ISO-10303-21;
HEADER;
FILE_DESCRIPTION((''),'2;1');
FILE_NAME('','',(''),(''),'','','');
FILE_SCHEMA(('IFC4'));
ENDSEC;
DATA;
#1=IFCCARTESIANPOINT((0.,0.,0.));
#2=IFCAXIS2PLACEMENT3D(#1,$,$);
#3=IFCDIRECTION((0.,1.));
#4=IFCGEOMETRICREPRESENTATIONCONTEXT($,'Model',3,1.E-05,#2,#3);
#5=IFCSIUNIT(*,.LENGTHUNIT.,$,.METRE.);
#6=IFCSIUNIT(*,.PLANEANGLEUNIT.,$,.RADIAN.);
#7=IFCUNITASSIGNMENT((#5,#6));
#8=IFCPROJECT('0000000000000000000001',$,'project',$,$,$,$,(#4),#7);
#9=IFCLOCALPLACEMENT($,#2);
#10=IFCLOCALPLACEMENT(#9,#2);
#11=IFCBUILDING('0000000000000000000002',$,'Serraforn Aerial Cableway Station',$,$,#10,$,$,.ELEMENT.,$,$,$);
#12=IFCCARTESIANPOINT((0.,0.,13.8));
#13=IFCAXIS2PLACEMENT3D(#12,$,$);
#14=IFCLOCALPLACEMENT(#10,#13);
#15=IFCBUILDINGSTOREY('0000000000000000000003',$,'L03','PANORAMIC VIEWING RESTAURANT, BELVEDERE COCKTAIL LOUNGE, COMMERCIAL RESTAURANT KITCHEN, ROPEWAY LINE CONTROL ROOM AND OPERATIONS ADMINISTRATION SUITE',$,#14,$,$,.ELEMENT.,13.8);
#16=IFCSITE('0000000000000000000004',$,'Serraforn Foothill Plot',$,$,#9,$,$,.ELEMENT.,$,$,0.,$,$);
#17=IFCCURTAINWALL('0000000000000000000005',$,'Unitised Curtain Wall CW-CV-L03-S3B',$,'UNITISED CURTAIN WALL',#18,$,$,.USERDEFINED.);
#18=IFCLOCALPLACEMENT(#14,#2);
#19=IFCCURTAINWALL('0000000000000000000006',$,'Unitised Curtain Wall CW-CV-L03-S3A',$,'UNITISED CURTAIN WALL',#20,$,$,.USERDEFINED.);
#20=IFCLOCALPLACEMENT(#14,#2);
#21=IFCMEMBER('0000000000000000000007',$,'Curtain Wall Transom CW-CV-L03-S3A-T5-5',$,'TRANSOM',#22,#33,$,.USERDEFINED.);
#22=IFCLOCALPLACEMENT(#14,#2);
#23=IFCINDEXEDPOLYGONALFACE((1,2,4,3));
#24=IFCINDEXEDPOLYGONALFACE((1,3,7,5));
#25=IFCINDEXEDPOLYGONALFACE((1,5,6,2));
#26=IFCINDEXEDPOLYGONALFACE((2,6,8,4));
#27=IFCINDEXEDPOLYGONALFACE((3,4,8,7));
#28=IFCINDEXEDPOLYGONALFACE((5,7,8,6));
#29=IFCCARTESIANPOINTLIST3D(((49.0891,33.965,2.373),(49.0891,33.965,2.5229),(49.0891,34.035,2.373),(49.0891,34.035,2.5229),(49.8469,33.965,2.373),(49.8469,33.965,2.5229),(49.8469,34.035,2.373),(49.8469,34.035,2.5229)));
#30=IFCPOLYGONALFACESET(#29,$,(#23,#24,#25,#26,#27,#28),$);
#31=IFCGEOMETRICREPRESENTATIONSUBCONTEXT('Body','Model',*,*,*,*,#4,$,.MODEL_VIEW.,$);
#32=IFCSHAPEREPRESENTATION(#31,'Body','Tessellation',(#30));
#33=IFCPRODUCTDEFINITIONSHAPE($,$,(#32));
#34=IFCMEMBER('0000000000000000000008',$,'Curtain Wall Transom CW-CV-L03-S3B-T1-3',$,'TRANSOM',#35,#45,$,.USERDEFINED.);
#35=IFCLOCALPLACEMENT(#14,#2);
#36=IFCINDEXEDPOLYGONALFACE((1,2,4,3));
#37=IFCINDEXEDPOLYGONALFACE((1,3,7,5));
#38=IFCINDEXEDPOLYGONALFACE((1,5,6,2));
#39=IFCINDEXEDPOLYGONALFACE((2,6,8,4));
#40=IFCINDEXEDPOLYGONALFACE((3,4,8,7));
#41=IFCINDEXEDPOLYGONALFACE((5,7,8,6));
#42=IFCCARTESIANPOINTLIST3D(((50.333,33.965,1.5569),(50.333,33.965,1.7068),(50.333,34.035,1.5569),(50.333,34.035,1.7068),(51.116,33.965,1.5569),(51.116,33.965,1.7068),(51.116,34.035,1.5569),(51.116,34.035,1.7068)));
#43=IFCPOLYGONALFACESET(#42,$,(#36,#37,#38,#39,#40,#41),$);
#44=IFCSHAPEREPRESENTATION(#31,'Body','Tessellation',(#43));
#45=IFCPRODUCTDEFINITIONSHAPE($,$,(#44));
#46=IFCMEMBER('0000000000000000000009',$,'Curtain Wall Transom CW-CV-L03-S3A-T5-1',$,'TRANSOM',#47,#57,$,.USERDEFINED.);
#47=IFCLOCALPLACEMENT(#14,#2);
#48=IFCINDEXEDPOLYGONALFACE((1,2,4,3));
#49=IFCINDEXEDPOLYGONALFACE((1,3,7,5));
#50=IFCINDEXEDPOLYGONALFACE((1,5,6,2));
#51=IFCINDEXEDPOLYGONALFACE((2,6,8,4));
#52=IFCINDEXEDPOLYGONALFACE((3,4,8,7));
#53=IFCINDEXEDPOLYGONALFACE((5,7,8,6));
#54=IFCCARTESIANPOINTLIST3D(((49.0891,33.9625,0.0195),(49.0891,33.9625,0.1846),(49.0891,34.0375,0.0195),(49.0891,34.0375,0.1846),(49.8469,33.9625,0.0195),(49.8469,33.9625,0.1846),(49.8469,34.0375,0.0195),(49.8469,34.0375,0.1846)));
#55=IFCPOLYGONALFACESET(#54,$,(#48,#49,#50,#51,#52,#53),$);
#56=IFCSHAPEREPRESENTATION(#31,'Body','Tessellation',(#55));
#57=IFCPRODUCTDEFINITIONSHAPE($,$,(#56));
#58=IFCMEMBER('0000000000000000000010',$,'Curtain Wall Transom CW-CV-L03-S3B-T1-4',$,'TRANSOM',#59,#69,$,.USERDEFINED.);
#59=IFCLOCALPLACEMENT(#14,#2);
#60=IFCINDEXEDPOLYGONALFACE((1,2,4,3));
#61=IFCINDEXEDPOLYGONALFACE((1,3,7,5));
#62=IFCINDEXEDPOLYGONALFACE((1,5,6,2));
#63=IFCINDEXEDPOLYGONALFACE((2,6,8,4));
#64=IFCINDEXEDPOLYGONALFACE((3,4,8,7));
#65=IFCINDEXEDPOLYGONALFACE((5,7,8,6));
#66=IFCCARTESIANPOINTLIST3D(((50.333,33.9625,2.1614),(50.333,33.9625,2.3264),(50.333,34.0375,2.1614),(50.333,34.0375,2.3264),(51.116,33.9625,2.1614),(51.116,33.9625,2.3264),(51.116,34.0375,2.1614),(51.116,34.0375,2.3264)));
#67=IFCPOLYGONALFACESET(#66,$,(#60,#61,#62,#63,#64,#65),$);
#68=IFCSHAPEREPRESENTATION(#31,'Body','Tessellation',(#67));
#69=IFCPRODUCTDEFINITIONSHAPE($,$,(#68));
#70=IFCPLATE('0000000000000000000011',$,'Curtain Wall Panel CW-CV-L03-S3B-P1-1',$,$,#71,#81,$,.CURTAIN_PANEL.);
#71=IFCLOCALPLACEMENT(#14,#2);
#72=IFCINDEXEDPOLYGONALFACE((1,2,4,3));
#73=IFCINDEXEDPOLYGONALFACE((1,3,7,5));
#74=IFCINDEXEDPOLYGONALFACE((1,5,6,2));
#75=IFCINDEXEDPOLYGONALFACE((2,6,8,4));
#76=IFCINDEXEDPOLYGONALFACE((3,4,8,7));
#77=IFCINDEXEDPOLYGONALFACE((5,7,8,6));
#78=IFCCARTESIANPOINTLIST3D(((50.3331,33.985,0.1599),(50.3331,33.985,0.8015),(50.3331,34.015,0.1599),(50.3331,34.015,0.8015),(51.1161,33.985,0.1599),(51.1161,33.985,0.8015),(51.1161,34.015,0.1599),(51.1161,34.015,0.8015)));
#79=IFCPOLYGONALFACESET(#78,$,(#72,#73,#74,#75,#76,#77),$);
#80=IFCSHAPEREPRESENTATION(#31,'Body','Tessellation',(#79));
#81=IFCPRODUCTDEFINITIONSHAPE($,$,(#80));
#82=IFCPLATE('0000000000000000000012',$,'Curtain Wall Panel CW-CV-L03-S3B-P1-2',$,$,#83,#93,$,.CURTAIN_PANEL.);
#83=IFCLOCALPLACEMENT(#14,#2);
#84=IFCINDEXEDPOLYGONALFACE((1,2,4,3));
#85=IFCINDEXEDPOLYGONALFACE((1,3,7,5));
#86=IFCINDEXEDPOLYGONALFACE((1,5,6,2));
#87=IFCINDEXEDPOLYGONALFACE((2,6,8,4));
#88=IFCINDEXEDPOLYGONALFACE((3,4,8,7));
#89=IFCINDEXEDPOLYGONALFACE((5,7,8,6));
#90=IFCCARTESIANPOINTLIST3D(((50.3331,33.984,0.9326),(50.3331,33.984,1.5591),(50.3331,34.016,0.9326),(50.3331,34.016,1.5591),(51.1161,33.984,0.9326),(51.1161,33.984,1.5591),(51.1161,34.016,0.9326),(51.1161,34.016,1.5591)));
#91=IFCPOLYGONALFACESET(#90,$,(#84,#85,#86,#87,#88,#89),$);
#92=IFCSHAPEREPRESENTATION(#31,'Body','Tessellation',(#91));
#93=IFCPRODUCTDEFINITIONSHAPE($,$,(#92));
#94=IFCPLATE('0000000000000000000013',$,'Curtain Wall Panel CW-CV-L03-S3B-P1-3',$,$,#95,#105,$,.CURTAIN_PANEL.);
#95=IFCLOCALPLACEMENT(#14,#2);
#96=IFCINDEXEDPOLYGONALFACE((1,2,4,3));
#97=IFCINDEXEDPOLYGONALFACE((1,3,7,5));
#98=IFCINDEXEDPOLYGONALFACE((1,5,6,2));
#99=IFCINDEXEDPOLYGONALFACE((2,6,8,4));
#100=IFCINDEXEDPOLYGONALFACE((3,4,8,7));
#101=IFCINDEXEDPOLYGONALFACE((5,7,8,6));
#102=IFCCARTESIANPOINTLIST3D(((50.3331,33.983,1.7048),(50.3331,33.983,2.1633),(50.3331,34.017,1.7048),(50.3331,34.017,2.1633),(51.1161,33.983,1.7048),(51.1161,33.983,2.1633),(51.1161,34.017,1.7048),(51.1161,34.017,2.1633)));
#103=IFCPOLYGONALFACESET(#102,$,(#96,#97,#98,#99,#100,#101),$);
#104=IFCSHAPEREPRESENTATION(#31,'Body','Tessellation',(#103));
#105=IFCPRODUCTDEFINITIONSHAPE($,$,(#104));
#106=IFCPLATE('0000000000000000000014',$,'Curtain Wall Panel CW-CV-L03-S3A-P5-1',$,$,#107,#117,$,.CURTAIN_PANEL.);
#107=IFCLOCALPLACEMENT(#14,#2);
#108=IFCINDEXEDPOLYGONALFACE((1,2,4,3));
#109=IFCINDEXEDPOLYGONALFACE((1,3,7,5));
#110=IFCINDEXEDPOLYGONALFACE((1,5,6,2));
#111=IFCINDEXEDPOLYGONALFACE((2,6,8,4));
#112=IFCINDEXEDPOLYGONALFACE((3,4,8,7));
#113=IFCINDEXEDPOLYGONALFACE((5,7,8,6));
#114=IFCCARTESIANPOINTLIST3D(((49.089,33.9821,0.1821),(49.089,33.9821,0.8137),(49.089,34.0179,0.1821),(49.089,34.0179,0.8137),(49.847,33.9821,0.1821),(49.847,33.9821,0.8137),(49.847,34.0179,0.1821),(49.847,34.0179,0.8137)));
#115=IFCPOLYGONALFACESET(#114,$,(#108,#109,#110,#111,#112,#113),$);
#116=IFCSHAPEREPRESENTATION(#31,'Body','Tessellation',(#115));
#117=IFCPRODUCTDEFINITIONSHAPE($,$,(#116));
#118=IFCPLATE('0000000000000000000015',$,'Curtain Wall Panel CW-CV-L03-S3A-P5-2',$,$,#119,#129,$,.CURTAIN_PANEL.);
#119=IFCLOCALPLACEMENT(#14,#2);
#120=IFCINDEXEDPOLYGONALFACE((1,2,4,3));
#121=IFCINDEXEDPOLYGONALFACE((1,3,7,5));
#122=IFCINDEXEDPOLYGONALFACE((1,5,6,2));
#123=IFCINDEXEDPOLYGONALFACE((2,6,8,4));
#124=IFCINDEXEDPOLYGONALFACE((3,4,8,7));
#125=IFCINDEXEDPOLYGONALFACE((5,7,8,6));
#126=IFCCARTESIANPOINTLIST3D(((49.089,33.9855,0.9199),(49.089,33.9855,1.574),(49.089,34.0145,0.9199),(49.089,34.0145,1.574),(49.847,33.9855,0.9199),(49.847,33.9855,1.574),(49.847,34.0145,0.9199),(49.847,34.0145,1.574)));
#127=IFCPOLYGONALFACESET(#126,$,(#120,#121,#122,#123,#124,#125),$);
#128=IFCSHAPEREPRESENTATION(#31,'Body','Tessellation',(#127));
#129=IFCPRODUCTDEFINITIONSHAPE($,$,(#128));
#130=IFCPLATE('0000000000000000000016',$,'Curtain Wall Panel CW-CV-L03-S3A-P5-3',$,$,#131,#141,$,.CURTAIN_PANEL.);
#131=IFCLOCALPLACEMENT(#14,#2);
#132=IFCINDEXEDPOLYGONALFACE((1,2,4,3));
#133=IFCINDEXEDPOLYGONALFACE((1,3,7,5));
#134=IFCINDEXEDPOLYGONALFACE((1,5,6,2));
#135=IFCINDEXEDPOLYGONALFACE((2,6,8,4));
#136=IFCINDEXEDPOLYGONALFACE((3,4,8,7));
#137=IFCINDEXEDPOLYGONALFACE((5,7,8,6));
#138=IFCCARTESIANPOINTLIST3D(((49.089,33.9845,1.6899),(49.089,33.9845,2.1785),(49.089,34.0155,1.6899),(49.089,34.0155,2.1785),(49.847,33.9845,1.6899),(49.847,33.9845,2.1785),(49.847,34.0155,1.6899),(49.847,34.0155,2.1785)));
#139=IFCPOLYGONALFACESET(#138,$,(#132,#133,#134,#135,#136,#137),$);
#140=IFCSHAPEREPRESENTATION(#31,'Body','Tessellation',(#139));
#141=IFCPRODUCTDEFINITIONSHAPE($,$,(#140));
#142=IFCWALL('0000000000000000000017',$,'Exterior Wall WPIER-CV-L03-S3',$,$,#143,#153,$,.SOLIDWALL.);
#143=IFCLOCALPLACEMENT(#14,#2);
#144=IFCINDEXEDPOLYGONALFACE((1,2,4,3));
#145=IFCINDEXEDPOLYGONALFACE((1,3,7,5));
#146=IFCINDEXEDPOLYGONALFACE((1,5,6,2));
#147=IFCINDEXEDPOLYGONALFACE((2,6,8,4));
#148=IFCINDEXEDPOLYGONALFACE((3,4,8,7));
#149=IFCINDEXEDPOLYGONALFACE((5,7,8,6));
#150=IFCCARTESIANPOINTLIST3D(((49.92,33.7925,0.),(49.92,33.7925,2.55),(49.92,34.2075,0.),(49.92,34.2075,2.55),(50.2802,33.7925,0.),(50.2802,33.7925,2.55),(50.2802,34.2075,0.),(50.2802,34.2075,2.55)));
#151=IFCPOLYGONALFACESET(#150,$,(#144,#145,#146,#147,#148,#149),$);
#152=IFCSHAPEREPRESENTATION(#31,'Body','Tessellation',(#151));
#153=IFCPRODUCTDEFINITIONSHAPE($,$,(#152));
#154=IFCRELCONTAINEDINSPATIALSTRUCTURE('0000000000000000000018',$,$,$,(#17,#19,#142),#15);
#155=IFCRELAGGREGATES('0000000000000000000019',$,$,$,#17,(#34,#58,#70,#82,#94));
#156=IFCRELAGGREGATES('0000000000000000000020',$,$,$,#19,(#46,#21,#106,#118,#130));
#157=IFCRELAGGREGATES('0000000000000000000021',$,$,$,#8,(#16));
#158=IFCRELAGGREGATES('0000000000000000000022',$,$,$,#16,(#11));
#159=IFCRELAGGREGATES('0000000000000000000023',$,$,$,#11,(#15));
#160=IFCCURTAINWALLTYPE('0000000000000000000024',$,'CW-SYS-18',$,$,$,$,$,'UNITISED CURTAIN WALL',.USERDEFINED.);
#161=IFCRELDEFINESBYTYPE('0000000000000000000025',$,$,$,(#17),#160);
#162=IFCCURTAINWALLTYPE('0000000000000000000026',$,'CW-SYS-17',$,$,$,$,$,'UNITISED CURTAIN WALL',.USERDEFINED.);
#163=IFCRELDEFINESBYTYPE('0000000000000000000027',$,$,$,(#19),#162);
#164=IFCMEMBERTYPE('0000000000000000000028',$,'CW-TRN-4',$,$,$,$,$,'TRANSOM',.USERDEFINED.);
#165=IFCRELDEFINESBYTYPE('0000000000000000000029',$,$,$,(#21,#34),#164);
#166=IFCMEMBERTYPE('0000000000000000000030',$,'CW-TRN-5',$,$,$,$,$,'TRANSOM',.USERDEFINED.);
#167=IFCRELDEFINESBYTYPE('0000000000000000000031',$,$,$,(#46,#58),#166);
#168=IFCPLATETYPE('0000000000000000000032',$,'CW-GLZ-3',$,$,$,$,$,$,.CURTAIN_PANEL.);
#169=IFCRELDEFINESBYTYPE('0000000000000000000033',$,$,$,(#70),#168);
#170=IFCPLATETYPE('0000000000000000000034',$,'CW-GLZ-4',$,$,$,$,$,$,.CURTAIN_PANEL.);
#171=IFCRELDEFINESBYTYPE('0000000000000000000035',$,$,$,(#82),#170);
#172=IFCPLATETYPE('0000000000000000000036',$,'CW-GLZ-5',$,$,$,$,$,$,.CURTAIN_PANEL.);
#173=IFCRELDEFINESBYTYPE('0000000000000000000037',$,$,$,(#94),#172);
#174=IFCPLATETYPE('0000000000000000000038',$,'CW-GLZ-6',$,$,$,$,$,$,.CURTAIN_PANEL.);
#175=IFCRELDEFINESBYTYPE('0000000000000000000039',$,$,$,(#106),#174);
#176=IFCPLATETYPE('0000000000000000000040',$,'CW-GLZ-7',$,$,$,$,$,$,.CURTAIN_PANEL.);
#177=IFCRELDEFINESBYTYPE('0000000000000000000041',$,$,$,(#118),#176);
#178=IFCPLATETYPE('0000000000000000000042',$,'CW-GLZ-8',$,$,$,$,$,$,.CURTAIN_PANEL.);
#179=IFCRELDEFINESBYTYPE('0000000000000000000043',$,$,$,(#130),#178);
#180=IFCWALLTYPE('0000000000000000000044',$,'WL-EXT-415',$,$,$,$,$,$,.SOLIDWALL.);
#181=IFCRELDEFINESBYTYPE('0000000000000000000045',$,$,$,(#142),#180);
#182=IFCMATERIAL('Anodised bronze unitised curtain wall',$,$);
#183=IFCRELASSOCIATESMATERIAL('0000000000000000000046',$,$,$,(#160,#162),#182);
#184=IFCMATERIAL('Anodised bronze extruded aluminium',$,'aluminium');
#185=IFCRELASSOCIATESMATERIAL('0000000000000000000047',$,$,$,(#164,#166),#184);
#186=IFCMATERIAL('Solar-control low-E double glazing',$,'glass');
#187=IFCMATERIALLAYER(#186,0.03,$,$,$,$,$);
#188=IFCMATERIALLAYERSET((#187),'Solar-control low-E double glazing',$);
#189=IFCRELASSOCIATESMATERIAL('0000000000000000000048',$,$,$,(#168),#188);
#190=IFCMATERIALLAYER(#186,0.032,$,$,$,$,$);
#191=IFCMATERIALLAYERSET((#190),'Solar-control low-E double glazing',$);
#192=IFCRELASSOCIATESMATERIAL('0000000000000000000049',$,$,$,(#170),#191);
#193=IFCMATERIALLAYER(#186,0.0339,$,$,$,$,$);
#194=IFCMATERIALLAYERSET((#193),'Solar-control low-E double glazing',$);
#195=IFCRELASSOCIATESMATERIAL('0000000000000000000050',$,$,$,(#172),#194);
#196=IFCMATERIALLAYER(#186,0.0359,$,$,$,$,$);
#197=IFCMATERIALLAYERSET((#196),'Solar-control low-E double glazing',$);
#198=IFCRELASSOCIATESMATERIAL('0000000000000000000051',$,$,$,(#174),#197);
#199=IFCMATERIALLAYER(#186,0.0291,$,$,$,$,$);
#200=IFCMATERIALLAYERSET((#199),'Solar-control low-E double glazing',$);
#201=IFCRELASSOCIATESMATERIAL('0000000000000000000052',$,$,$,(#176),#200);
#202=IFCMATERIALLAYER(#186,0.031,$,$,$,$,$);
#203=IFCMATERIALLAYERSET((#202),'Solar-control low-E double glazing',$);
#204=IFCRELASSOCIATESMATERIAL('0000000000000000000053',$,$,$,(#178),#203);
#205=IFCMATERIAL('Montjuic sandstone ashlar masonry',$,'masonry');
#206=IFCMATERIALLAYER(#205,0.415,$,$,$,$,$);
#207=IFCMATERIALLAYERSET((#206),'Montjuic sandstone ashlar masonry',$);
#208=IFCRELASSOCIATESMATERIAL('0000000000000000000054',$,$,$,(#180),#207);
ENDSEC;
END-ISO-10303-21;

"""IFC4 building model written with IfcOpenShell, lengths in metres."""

from ifc_helpers import new_model, si_unit, direction, frame, frame_2d, origin, origin_2d, place, context, subcontext, project, spatial, rectangle, extrude, material, layer, layer_set, material_profile, profile_set, type_object, element, aggregate, save


model = new_model("IFC4")

# Units and contexts
model_context = context("Model", 3, precision=1e-05, world=origin(), true_north=direction((0.0, 1.0)))
body_context = subcontext(model_context, "Body", "Model", "MODEL_VIEW")
ifc_project = project(units=[si_unit("LENGTHUNIT", "METRE"), si_unit("PLANEANGLEUNIT", "RADIAN")], contexts=[model_context])

# Site, building, storey
site_placement = place(None, origin())
site = spatial("IfcSite", under=ifc_project, at=site_placement, Name="Serraforn Foothill Plot", CompositionType="ELEMENT", RefElevation=0.0)
building_placement = place(site_placement, origin())
building = spatial("IfcBuilding", under=site, at=building_placement, Name="Serraforn Aerial Cableway Station", CompositionType="ELEMENT")
storey_placement = place(building_placement, frame((0.0, 0.0, 13.8)))
storey = spatial("IfcBuildingStorey", under=building, at=storey_placement, Name="L03", Description="PANORAMIC VIEWING RESTAURANT, BELVEDERE COCKTAIL LOUNGE, COMMERCIAL RESTAURANT KITCHEN, ROPEWAY LINE CONTROL ROOM AND OPERATIONS ADMINISTRATION SUITE", CompositionType="ELEMENT", Elevation=13.8)

# Curtain walls
ifc_material_1 = material(Name="Anodised bronze unitised curtain wall")
curtain_wall_type_1 = type_object("IfcCurtainWallType", Name="CW-SYS-18", ElementType="UNITISED CURTAIN WALL", PredefinedType="USERDEFINED", material=ifc_material_1)
curtain_wall_1_placement = place(storey_placement, origin())
curtain_wall_1 = element("IfcCurtainWall", 1, at=curtain_wall_1_placement, inside=storey, type_object=curtain_wall_type_1, Name="Unitised Curtain Wall CW-CV-L03-S3B", ObjectType="UNITISED CURTAIN WALL", PredefinedType="USERDEFINED")
ifc_material_2 = material(Name="Anodised bronze extruded aluminium", Category="aluminium")
curtain_wall_type_2 = type_object("IfcCurtainWallType", Name="CW-SYS-17", ElementType="UNITISED CURTAIN WALL", PredefinedType="USERDEFINED", material=ifc_material_1)
curtain_wall_2_placement = place(storey_placement, origin())
curtain_wall_2 = element("IfcCurtainWall", 2, at=curtain_wall_2_placement, inside=storey, type_object=curtain_wall_type_2, Name="Unitised Curtain Wall CW-CV-L03-S3A", ObjectType="UNITISED CURTAIN WALL", PredefinedType="USERDEFINED")

# Members
ifc_material_profile_1 = material_profile(ifc_material_2, rectangle(XDim=0.0701, YDim=0.1499, at=origin_2d()), Name="CW TRANSOM 70x150")
ifc_profile_set_1 = profile_set([ifc_material_profile_1], Name="Anodised bronze extruded aluminium")
member_type_1 = type_object("IfcMemberType", Name="CW-TRN-4", ElementType="TRANSOM", PredefinedType="USERDEFINED", material=ifc_profile_set_1)
member_1_placement = place(storey_placement, frame((49.0891, 34.0, 2.448), z_axis=(1.0, 0.0, 0.0), x_axis=(0.0, 1.0, 0.0)))
member_1 = element("IfcMember", 3, at=member_1_placement, type_object=member_type_1, Name="Curtain Wall Transom CW-CV-L03-S3A-T5-5", ObjectType="TRANSOM", PredefinedType="USERDEFINED", context=body_context, shape_type="SweptSolid", body=[
    extrude(rectangle(XDim=0.0701, YDim=0.1499, at=origin_2d()), origin(), (0.0, 0.0, 1.0), 0.7578),
])
member_2_placement = place(storey_placement, frame((50.333, 34.0, 1.6318), z_axis=(1.0, 0.0, 0.0), x_axis=(0.0, 1.0, 0.0)))
member_2 = element("IfcMember", 4, at=member_2_placement, type_object=member_type_1, Name="Curtain Wall Transom CW-CV-L03-S3B-T1-3", ObjectType="TRANSOM", PredefinedType="USERDEFINED", context=body_context, shape_type="SweptSolid", body=[
    extrude(rectangle(XDim=0.0701, YDim=0.1499, at=origin_2d()), origin(), (0.0, 0.0, 1.0), 0.783),
])
ifc_material_profile_2 = material_profile(ifc_material_2, rectangle(XDim=0.075, YDim=0.165, at=origin_2d()), Name="CW TRANSOM 75x165")
ifc_profile_set_2 = profile_set([ifc_material_profile_2], Name="Anodised bronze extruded aluminium")
member_type_2 = type_object("IfcMemberType", Name="CW-TRN-5", ElementType="TRANSOM", PredefinedType="USERDEFINED", material=ifc_profile_set_2)
member_3_placement = place(storey_placement, frame((49.0891, 34.0, 0.1021), z_axis=(1.0, 0.0, 0.0), x_axis=(0.0, 1.0, 0.0)))
member_3 = element("IfcMember", 5, at=member_3_placement, type_object=member_type_2, Name="Curtain Wall Transom CW-CV-L03-S3A-T5-1", ObjectType="TRANSOM", PredefinedType="USERDEFINED", context=body_context, shape_type="SweptSolid", body=[
    extrude(rectangle(XDim=0.075, YDim=0.165, at=origin_2d()), origin(), (0.0, 0.0, 1.0), 0.7578),
])
member_4_placement = place(storey_placement, frame((50.333, 34.0, 2.2439), z_axis=(1.0, 0.0, 0.0), x_axis=(0.0, 1.0, 0.0)))
member_4 = element("IfcMember", 6, at=member_4_placement, type_object=member_type_2, Name="Curtain Wall Transom CW-CV-L03-S3B-T1-4", ObjectType="TRANSOM", PredefinedType="USERDEFINED", context=body_context, shape_type="SweptSolid", body=[
    extrude(rectangle(XDim=0.075, YDim=0.165, at=origin_2d()), origin(), (0.0, 0.0, 1.0), 0.783),
])

# Plates
ifc_material_3 = material(Name="Solar-control low-E double glazing", Category="glass")
ifc_layer_1 = layer(ifc_material_3, 0.03)
ifc_layer_set_1 = layer_set([ifc_layer_1], Name="Solar-control low-E double glazing")
plate_type_1 = type_object("IfcPlateType", Name="CW-GLZ-3", PredefinedType="CURTAIN_PANEL", material=ifc_layer_set_1)
plate_1_placement = place(storey_placement, frame((50.7246, 34.0, 0.1599), z_axis=(0.0, 0.0, 1.0), x_axis=(1.0, 0.0, 0.0)))
plate_1 = element("IfcPlate", 7, at=plate_1_placement, type_object=plate_type_1, Name="Curtain Wall Panel CW-CV-L03-S3B-P1-1", PredefinedType="CURTAIN_PANEL", context=body_context, shape_type="SweptSolid", body=[
    extrude(rectangle(XDim=0.783, YDim=0.03, at=origin_2d()), origin(), (0.0, 0.0, 1.0), 0.6416),
])
ifc_layer_2 = layer(ifc_material_3, 0.032)
ifc_layer_set_2 = layer_set([ifc_layer_2], Name="Solar-control low-E double glazing")
plate_type_2 = type_object("IfcPlateType", Name="CW-GLZ-4", PredefinedType="CURTAIN_PANEL", material=ifc_layer_set_2)
plate_2_placement = place(storey_placement, frame((50.7246, 34.0, 0.9326), z_axis=(0.0, 0.0, 1.0), x_axis=(1.0, 0.0, 0.0)))
plate_2 = element("IfcPlate", 8, at=plate_2_placement, type_object=plate_type_2, Name="Curtain Wall Panel CW-CV-L03-S3B-P1-2", PredefinedType="CURTAIN_PANEL", context=body_context, shape_type="SweptSolid", body=[
    extrude(rectangle(XDim=0.783, YDim=0.032, at=origin_2d()), origin(), (0.0, 0.0, 1.0), 0.6265),
])
ifc_layer_3 = layer(ifc_material_3, 0.0339)
ifc_layer_set_3 = layer_set([ifc_layer_3], Name="Solar-control low-E double glazing")
plate_type_3 = type_object("IfcPlateType", Name="CW-GLZ-5", PredefinedType="CURTAIN_PANEL", material=ifc_layer_set_3)
plate_3_placement = place(storey_placement, frame((50.7246, 34.0, 1.7048), z_axis=(0.0, 0.0, 1.0), x_axis=(1.0, 0.0, 0.0)))
plate_3 = element("IfcPlate", 9, at=plate_3_placement, type_object=plate_type_3, Name="Curtain Wall Panel CW-CV-L03-S3B-P1-3", PredefinedType="CURTAIN_PANEL", context=body_context, shape_type="SweptSolid", body=[
    extrude(rectangle(XDim=0.783, YDim=0.0339, at=origin_2d()), origin(), (0.0, 0.0, 1.0), 0.4585),
])
aggregate(curtain_wall_1, [member_2, member_4, plate_1, plate_2, plate_3])
ifc_layer_4 = layer(ifc_material_3, 0.0359)
ifc_layer_set_4 = layer_set([ifc_layer_4], Name="Solar-control low-E double glazing")
plate_type_4 = type_object("IfcPlateType", Name="CW-GLZ-6", PredefinedType="CURTAIN_PANEL", material=ifc_layer_set_4)
plate_4_placement = place(storey_placement, frame((49.468, 34.0, 0.1821), z_axis=(0.0, 0.0, 1.0), x_axis=(1.0, 0.0, 0.0)))
plate_4 = element("IfcPlate", 10, at=plate_4_placement, type_object=plate_type_4, Name="Curtain Wall Panel CW-CV-L03-S3A-P5-1", PredefinedType="CURTAIN_PANEL", context=body_context, shape_type="SweptSolid", body=[
    extrude(rectangle(XDim=0.7581, YDim=0.0359, at=origin_2d()), origin(), (0.0, 0.0, 1.0), 0.6316),
])
ifc_layer_5 = layer(ifc_material_3, 0.0291)
ifc_layer_set_5 = layer_set([ifc_layer_5], Name="Solar-control low-E double glazing")
plate_type_5 = type_object("IfcPlateType", Name="CW-GLZ-7", PredefinedType="CURTAIN_PANEL", material=ifc_layer_set_5)
plate_5_placement = place(storey_placement, frame((49.468, 34.0, 0.9199), z_axis=(0.0, 0.0, 1.0), x_axis=(1.0, 0.0, 0.0)))
plate_5 = element("IfcPlate", 11, at=plate_5_placement, type_object=plate_type_5, Name="Curtain Wall Panel CW-CV-L03-S3A-P5-2", PredefinedType="CURTAIN_PANEL", context=body_context, shape_type="SweptSolid", body=[
    extrude(rectangle(XDim=0.7581, YDim=0.0291, at=origin_2d()), origin(), (0.0, 0.0, 1.0), 0.6541),
])
ifc_layer_6 = layer(ifc_material_3, 0.031)
ifc_layer_set_6 = layer_set([ifc_layer_6], Name="Solar-control low-E double glazing")
plate_type_6 = type_object("IfcPlateType", Name="CW-GLZ-8", PredefinedType="CURTAIN_PANEL", material=ifc_layer_set_6)
plate_6_placement = place(storey_placement, frame((49.468, 34.0, 1.6899), z_axis=(0.0, 0.0, 1.0), x_axis=(1.0, 0.0, 0.0)))
plate_6 = element("IfcPlate", 12, at=plate_6_placement, type_object=plate_type_6, Name="Curtain Wall Panel CW-CV-L03-S3A-P5-3", PredefinedType="CURTAIN_PANEL", context=body_context, shape_type="SweptSolid", body=[
    extrude(rectangle(XDim=0.7581, YDim=0.031, at=origin_2d()), origin(), (0.0, 0.0, 1.0), 0.4885),
])
aggregate(curtain_wall_2, [member_3, member_1, plate_4, plate_5, plate_6])

# Wall
ifc_material_4 = material(Name="Montjuic sandstone ashlar masonry", Category="masonry")
ifc_layer_7 = layer(ifc_material_4, 0.415)
ifc_layer_set_7 = layer_set([ifc_layer_7], Name="Montjuic sandstone ashlar masonry")
wall_type = type_object("IfcWallType", Name="WL-EXT-415", PredefinedType="SOLIDWALL", material=ifc_layer_set_7)
wall_placement = place(storey_placement, frame((49.9199, 34.0, 0.0), z_axis=(0.0, 0.0, 1.0), x_axis=(1.0, 0.0, 0.0)))
element("IfcWall", 13, at=wall_placement, inside=storey, type_object=wall_type, Name="Exterior Wall WPIER-CV-L03-S3", PredefinedType="SOLIDWALL", context=body_context, shape_type="SweptSolid", body=[
    extrude(rectangle(XDim=0.3601, YDim=0.415, at=frame_2d((0.1802, 0.0))), origin(), (0.0, 0.0, 1.0), 2.55),
])

save(model, "model.ifc")
